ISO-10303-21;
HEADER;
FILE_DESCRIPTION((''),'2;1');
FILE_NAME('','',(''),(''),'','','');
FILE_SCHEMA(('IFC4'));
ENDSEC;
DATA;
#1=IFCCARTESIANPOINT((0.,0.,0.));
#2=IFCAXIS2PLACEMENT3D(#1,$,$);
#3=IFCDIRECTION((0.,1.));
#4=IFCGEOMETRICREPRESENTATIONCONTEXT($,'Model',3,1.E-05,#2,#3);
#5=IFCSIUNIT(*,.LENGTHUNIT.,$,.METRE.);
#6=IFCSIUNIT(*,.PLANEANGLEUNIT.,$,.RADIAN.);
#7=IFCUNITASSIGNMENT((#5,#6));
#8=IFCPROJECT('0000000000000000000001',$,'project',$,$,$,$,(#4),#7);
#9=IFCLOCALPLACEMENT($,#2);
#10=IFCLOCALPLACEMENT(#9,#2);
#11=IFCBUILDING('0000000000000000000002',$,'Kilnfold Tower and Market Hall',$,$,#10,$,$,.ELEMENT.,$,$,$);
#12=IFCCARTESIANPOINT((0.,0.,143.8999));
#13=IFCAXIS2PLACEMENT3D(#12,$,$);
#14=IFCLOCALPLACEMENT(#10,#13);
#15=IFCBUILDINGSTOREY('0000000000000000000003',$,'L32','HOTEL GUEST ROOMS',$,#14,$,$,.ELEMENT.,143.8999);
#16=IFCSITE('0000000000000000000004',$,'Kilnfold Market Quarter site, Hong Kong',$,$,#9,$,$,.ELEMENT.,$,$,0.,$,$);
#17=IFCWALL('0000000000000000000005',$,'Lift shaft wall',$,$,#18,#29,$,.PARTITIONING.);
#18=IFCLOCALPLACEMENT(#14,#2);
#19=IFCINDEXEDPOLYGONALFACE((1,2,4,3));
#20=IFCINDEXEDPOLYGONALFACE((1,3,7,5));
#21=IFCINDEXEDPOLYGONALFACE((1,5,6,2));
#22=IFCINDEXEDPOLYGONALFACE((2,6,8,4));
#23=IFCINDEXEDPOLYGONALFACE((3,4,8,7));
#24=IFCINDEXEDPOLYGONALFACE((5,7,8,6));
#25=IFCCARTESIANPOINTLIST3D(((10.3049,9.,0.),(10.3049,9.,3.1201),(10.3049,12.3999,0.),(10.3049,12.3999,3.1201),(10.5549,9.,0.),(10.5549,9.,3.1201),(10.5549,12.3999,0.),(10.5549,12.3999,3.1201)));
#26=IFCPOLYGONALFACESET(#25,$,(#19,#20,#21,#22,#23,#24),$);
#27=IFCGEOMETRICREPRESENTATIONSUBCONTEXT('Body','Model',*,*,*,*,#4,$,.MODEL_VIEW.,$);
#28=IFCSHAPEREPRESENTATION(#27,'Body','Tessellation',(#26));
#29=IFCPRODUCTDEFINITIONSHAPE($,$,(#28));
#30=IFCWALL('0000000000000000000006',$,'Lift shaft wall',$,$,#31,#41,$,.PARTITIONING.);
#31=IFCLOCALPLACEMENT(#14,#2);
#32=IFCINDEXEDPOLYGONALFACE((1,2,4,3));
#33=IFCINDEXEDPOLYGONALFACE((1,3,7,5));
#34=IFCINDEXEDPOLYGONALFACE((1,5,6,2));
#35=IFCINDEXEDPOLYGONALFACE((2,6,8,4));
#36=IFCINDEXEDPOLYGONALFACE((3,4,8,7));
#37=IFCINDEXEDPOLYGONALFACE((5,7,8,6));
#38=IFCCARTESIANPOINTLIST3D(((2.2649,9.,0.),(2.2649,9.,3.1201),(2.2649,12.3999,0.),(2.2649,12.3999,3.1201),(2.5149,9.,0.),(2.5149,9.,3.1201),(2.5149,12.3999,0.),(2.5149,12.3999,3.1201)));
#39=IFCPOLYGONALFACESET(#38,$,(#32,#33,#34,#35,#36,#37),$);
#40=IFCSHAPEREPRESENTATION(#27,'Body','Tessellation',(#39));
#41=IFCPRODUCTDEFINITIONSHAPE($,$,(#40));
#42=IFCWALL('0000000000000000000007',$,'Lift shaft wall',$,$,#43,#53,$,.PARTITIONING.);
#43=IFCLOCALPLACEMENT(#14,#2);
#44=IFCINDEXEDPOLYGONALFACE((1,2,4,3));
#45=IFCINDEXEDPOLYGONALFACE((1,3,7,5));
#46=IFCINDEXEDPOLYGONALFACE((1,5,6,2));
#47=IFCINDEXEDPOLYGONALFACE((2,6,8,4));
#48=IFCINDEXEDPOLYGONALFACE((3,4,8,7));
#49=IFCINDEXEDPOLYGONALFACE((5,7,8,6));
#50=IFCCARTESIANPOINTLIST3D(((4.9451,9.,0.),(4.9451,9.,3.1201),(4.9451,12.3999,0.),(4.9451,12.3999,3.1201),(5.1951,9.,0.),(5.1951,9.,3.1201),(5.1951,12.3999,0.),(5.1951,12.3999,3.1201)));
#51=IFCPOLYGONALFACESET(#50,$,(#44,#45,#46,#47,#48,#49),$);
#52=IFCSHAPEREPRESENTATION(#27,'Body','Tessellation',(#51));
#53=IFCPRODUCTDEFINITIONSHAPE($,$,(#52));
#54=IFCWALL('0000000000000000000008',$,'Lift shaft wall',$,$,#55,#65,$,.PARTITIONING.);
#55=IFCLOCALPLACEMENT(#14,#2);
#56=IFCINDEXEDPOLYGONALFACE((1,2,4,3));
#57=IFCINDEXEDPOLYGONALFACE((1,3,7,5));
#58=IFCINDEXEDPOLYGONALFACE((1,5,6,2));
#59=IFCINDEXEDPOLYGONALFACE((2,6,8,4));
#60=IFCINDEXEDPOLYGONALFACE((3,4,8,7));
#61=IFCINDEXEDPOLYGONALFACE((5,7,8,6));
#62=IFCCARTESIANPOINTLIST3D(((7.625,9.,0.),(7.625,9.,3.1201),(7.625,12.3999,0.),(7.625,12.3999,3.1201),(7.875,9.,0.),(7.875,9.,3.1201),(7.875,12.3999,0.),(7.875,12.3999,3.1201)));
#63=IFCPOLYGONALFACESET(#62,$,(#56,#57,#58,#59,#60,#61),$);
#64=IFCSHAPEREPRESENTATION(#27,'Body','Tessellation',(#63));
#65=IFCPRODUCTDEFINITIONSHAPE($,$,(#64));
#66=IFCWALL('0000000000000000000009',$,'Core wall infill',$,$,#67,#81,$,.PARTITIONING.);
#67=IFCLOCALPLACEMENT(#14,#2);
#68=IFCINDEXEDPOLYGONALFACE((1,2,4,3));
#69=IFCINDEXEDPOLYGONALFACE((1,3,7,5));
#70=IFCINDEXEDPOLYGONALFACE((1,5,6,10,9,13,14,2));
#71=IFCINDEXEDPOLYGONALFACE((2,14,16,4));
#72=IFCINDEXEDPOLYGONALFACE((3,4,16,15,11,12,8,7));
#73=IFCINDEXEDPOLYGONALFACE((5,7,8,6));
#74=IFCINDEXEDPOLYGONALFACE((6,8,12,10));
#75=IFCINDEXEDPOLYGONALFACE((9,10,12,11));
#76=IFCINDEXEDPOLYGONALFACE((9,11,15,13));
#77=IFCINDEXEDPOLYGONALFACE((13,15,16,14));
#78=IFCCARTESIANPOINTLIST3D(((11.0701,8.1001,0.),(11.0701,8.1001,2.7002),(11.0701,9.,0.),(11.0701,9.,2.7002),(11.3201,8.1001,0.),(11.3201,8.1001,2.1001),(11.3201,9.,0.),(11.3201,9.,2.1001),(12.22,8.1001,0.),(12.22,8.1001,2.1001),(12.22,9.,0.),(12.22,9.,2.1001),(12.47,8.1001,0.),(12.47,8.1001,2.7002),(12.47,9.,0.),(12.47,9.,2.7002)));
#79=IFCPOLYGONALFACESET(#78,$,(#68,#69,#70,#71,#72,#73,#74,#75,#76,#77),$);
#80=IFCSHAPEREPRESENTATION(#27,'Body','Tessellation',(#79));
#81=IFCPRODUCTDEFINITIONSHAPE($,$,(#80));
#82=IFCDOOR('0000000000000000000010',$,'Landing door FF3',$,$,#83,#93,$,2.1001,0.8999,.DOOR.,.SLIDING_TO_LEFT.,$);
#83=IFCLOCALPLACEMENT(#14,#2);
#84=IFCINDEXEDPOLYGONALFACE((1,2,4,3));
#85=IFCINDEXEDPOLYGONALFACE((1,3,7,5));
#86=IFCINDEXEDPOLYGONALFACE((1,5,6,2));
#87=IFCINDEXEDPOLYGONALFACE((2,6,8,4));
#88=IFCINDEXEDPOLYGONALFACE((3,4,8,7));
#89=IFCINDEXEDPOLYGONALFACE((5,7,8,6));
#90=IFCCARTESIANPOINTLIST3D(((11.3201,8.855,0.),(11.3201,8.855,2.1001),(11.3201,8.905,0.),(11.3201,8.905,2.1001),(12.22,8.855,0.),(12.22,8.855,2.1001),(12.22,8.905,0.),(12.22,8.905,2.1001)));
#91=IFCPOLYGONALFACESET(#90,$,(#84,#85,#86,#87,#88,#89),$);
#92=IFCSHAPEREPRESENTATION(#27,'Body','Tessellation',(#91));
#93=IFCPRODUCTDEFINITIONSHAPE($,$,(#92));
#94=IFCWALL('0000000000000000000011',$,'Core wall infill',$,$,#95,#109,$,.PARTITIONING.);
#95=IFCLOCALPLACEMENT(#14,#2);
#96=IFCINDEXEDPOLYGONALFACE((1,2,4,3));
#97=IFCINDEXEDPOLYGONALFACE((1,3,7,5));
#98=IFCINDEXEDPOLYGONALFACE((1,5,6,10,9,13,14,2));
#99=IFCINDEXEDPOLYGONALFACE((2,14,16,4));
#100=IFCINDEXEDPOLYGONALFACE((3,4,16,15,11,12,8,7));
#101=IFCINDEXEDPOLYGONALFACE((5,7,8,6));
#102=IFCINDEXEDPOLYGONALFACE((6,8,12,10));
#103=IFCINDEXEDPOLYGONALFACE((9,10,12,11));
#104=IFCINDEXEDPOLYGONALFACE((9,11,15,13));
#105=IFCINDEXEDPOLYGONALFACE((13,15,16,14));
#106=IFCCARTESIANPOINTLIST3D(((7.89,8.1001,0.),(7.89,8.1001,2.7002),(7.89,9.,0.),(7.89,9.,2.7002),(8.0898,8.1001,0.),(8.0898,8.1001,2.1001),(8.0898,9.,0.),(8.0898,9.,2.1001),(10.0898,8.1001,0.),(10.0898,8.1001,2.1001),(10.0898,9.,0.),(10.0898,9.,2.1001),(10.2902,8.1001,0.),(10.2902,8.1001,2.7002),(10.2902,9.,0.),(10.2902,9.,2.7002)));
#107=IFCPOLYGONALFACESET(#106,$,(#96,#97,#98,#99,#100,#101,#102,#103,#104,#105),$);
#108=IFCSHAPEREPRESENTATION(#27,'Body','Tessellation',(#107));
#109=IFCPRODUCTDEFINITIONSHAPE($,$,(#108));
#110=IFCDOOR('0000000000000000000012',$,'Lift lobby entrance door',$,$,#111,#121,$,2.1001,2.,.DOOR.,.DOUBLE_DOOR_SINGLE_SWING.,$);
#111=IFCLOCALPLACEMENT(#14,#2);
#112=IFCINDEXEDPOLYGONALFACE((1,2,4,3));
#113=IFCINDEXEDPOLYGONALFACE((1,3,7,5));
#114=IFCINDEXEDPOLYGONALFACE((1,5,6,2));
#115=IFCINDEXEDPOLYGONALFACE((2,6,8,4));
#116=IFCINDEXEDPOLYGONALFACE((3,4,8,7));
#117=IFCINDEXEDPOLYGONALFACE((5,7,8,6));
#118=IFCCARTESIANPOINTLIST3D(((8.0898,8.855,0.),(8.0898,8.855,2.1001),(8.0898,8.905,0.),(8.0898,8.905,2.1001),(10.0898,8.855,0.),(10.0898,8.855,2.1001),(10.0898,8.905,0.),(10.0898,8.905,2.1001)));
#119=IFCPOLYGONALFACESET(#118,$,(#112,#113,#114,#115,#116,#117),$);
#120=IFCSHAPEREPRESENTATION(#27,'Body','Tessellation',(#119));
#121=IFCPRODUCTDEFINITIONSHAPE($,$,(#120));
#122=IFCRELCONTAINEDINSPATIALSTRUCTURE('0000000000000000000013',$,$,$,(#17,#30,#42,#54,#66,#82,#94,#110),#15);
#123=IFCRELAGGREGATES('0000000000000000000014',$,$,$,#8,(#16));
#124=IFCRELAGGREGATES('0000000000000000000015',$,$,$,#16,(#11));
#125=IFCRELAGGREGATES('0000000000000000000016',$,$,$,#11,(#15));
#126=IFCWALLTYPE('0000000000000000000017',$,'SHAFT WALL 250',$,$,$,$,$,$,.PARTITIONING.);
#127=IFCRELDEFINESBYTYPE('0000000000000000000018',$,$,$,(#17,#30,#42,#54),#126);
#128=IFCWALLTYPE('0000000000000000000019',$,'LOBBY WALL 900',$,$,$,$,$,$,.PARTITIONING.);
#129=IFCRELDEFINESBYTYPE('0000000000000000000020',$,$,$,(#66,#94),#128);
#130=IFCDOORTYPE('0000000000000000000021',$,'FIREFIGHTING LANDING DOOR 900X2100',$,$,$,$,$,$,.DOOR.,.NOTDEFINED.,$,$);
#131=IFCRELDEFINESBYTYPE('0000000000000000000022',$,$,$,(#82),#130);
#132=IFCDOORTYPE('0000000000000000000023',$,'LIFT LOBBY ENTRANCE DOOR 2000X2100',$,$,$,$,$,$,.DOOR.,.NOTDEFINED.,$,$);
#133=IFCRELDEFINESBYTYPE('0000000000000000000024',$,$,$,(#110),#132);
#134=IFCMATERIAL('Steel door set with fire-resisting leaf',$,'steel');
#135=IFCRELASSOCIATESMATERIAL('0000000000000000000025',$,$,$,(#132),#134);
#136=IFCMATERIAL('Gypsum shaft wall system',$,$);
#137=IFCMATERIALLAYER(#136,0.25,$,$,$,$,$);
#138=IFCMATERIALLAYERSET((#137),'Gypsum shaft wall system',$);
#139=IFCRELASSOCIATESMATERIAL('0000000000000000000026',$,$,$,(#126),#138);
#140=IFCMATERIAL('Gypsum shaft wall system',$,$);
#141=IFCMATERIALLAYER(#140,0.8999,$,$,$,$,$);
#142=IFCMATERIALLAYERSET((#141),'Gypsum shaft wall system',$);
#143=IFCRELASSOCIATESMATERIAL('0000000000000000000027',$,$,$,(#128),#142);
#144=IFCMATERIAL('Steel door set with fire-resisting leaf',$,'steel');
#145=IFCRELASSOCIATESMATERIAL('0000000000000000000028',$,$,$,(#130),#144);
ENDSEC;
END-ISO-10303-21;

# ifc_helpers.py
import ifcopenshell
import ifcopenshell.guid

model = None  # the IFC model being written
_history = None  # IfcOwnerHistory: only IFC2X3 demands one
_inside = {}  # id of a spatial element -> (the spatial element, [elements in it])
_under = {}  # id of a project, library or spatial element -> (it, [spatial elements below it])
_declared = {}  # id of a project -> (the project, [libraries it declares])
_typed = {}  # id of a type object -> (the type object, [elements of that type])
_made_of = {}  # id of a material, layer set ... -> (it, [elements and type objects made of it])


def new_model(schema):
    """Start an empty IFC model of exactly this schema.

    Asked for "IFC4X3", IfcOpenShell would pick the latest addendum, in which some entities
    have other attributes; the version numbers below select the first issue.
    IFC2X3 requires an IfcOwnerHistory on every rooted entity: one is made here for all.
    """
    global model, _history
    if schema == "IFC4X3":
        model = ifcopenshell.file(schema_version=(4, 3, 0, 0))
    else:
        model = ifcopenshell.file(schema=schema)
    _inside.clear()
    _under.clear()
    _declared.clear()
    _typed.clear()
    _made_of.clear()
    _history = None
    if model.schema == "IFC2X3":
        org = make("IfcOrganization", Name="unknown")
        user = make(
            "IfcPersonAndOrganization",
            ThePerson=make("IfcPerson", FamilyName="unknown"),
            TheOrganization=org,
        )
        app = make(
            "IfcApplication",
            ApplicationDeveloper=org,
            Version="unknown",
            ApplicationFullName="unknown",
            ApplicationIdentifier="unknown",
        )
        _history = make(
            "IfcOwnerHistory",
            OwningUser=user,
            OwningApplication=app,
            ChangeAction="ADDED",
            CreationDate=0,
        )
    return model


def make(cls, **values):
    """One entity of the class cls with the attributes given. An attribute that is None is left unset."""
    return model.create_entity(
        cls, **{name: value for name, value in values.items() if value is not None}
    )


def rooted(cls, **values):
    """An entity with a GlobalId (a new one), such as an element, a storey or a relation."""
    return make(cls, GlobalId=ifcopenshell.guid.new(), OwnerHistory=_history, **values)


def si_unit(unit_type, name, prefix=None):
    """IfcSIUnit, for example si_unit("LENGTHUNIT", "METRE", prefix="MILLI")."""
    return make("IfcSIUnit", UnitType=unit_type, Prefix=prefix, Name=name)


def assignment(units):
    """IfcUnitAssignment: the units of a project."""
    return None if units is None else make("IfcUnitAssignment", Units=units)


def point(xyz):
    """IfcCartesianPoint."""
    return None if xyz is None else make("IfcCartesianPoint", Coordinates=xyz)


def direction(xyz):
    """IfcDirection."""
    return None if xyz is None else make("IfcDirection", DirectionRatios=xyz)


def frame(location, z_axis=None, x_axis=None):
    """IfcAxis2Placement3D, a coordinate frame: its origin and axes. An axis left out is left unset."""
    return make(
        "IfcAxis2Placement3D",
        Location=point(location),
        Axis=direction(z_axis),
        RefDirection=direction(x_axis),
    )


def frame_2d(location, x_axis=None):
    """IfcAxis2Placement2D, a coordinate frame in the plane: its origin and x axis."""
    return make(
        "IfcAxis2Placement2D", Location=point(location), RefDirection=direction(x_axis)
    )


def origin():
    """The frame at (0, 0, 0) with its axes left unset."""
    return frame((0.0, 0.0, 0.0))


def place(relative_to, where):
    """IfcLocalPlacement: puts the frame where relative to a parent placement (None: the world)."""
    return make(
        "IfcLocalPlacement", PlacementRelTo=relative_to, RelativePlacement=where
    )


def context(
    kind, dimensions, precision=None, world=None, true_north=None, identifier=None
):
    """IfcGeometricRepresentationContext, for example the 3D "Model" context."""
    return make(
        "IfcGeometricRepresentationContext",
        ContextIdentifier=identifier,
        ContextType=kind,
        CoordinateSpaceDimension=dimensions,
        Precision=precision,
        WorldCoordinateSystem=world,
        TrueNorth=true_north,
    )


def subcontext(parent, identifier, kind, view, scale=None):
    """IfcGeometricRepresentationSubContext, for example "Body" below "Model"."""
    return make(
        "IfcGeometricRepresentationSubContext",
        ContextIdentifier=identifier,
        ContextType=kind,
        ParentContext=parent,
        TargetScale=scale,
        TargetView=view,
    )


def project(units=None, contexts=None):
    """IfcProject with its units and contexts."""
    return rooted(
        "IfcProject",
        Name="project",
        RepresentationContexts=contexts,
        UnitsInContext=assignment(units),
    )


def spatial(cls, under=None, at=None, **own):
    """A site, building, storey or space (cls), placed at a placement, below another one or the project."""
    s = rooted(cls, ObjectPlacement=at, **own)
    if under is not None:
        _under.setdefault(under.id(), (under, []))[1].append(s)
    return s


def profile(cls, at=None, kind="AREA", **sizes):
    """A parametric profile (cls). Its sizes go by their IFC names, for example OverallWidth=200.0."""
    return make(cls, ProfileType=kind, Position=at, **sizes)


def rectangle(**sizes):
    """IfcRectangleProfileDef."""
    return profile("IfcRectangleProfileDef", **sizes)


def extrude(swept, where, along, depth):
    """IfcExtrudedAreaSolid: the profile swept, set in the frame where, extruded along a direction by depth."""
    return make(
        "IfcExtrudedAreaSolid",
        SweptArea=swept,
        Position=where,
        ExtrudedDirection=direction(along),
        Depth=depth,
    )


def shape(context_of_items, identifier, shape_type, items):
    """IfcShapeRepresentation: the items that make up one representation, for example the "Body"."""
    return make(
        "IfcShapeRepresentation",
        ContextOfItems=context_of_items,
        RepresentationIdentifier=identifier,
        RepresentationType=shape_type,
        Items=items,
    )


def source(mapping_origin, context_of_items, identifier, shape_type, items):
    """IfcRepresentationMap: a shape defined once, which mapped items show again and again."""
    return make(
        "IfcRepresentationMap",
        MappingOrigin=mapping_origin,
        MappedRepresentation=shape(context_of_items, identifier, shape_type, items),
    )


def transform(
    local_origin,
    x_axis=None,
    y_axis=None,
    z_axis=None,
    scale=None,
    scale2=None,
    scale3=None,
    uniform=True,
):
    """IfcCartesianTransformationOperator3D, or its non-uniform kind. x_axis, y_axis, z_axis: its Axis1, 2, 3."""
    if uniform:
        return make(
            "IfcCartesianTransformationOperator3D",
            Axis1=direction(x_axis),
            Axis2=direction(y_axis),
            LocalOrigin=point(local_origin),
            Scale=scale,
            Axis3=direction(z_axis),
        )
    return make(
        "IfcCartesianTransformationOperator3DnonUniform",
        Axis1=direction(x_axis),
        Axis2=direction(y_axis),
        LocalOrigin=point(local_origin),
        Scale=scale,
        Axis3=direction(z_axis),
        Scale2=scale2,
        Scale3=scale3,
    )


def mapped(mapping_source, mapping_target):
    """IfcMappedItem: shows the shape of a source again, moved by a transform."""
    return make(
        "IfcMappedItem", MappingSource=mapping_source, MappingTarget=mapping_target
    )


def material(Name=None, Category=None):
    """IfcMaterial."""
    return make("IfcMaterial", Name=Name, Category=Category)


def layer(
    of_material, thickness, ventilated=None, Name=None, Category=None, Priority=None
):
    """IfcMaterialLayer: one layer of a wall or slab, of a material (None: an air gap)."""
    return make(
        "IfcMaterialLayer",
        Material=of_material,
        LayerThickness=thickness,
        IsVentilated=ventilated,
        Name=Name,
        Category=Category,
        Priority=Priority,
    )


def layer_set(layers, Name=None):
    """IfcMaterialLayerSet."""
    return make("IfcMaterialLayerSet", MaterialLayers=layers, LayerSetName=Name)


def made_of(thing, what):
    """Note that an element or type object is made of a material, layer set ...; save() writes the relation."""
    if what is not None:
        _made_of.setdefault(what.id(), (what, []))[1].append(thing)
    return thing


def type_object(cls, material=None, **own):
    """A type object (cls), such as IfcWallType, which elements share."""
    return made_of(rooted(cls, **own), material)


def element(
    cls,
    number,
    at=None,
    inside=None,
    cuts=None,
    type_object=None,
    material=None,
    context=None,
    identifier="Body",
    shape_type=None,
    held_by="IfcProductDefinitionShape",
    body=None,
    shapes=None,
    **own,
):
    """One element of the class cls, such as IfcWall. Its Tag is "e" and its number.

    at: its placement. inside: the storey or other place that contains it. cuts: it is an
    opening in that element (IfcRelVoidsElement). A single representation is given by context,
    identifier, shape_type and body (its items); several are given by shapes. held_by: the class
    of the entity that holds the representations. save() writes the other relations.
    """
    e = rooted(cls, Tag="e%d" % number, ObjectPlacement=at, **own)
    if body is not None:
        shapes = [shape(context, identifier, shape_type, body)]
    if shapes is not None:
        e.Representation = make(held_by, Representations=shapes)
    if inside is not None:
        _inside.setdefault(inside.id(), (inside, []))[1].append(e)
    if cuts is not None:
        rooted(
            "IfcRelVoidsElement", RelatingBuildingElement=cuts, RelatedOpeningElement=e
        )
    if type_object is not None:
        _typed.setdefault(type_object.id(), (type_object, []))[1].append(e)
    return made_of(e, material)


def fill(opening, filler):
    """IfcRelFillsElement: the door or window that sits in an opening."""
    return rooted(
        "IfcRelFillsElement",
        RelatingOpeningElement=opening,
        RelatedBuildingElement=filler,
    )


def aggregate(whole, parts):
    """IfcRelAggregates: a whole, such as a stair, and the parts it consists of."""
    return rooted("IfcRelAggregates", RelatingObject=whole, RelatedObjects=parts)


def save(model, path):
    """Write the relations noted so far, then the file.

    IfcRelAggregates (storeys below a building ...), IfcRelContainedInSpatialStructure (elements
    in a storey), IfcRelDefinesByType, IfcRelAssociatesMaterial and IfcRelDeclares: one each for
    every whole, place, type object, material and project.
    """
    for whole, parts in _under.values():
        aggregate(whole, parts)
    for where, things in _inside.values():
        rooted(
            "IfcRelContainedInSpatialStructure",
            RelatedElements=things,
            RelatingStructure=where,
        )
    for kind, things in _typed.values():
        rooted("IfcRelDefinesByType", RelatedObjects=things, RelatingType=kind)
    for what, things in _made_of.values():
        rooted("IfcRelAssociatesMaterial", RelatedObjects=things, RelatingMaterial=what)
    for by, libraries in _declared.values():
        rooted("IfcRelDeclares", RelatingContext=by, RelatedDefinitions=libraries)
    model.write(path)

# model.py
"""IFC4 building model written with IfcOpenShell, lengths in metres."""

from ifc_helpers import new_model, si_unit, direction, frame, frame_2d, origin, place, context, subcontext, project, spatial, rectangle, extrude, source, transform, mapped, material, layer, layer_set, type_object, element, fill, save


model = new_model("IFC4")

# Units and contexts
model_context = context("Model", 3, precision=1e-05, world=origin(), true_north=direction((0.0, 1.0)))
body_context = subcontext(model_context, "Body", "Model", "MODEL_VIEW")
ifc_project = project(units=[si_unit("LENGTHUNIT", "METRE"), si_unit("PLANEANGLEUNIT", "RADIAN")], contexts=[model_context])

# Site, building, storey
site_placement = place(None, origin())
site = spatial("IfcSite", under=ifc_project, at=site_placement, Name="Kilnfold Market Quarter site, Hong Kong", CompositionType="ELEMENT", RefElevation=0.0)
building_placement = place(site_placement, origin())
building = spatial("IfcBuilding", under=site, at=building_placement, Name="Kilnfold Tower and Market Hall", CompositionType="ELEMENT")
storey_placement = place(building_placement, frame((0.0, 0.0, 143.8999)))
storey = spatial("IfcBuildingStorey", under=building, at=storey_placement, Name="L32", Description="HOTEL GUEST ROOMS", CompositionType="ELEMENT", Elevation=143.8999)

# Shared definitions
ifc_material_1 = material(Name="Steel door set with fire-resisting leaf", Category="steel")
door_type_1 = type_object("IfcDoorType", Name="LIFT LOBBY ENTRANCE DOOR 2000X2100", OperationType="NOTDEFINED", PredefinedType="DOOR", material=ifc_material_1)

# Walls
ifc_material_2 = material(Name="Gypsum shaft wall system")
ifc_layer_1 = layer(ifc_material_2, 0.25)
ifc_layer_set_1 = layer_set([ifc_layer_1], Name="Gypsum shaft wall system")
wall_type_1 = type_object("IfcWallType", Name="SHAFT WALL 250", PredefinedType="PARTITIONING", material=ifc_layer_set_1)
shared_shape_1 = source(origin(), body_context, "Body", "SweptSolid", [
    extrude(rectangle(XDim=3.3999, YDim=0.25, at=frame_2d((1.7, 0.0))), origin(), (0.0, 0.0, 1.0), 3.1201),
])
for number, where, z_axis, x_axis, name in (
    (1, (10.4299, 9.0, 0.0), (0.0, 0.0, 1.0), (0.0, 1.0, 0.0), "Lift shaft wall"),
    (2, (2.3899, 9.0, 0.0), (0.0, 0.0, 1.0), (0.0, 1.0, 0.0), "Lift shaft wall"),
    (3, (5.0701, 9.0, 0.0), (0.0, 0.0, 1.0), (0.0, 1.0, 0.0), "Lift shaft wall"),
    (4, (7.75, 9.0, 0.0), (0.0, 0.0, 1.0), (0.0, 1.0, 0.0), "Lift shaft wall"),
):
    element("IfcWall", number, at=place(storey_placement, frame(where, z_axis=z_axis, x_axis=x_axis)), inside=storey, type_object=wall_type_1, Name=name, PredefinedType="PARTITIONING", context=body_context, shape_type="MappedRepresentation", body=[
        mapped(shared_shape_1, transform((0.0, 0.0, 0.0))),
    ])

# Walls, openings, doors
ifc_material_3 = material(Name="Gypsum shaft wall system")
ifc_layer_2 = layer(ifc_material_3, 0.8999)
ifc_layer_set_2 = layer_set([ifc_layer_2], Name="Gypsum shaft wall system")
wall_type_2 = type_object("IfcWallType", Name="LOBBY WALL 900", PredefinedType="PARTITIONING", material=ifc_layer_set_2)
shared_shape_2 = source(origin(), body_context, "Body", "SweptSolid", [
    extrude(rectangle(XDim=1.3999, YDim=0.8999, at=frame_2d((0.7, 0.0))), origin(), (0.0, 0.0, 1.0), 2.7002),
])
wall_1_placement = place(storey_placement, frame((11.0701, 8.55, 0.0), z_axis=(0.0, 0.0, 1.0), x_axis=(1.0, 0.0, 0.0)))
wall_1 = element("IfcWall", 5, at=wall_1_placement, inside=storey, type_object=wall_type_2, Name="Core wall infill", PredefinedType="PARTITIONING", context=body_context, shape_type="MappedRepresentation", body=[
    mapped(shared_shape_2, transform((0.0, 0.0, 0.0))),
])
opening_1_placement = place(wall_1_placement, frame((0.25, 0.0, 0.0)))
opening_1 = element("IfcOpeningElement", 6, at=opening_1_placement, cuts=wall_1, PredefinedType="OPENING", context=body_context, shape_type="SweptSolid", body=[
    extrude(rectangle(XDim=0.8999, YDim=2.1001, at=frame_2d((0.45, 1.05))), frame((0.0, 0.46, 0.0), z_axis=(0.0, -1.0, 0.0), x_axis=(1.0, 0.0, 0.0)), (0.0, 0.0, 1.0), 0.9199),
])
ifc_material_4 = material(Name="Steel door set with fire-resisting leaf", Category="steel")
door_type_2 = type_object("IfcDoorType", Name="FIREFIGHTING LANDING DOOR 900X2100", OperationType="NOTDEFINED", PredefinedType="DOOR", material=ifc_material_4)
door_1_placement = place(opening_1_placement, origin())
door_1 = element("IfcDoor", 7, at=door_1_placement, inside=storey, type_object=door_type_2, Name="Landing door FF3", OperationType="SLIDING_TO_LEFT", OverallHeight=2.1001, OverallWidth=0.8999, PredefinedType="DOOR", context=body_context, shape_type="SweptSolid", body=[
    extrude(rectangle(XDim=0.8999, YDim=2.1001, at=frame_2d((0.45, 1.05))), frame((0.0, 0.355, 0.0), z_axis=(0.0, -1.0, 0.0), x_axis=(1.0, 0.0, 0.0)), (0.0, 0.0, 1.0), 0.05),
])
fill(opening_1, door_1)
shared_shape_3 = source(origin(), body_context, "Body", "SweptSolid", [
    extrude(rectangle(XDim=2.4001, YDim=0.8999, at=frame_2d((1.2002, 0.0))), origin(), (0.0, 0.0, 1.0), 2.7002),
])
wall_2_placement = place(storey_placement, frame((7.8899, 8.55, 0.0), z_axis=(0.0, 0.0, 1.0), x_axis=(1.0, 0.0, 0.0)))
wall_2 = element("IfcWall", 8, at=wall_2_placement, inside=storey, type_object=wall_type_2, Name="Core wall infill", PredefinedType="PARTITIONING", context=body_context, shape_type="MappedRepresentation", body=[
    mapped(shared_shape_3, transform((0.0, 0.0, 0.0))),
])
opening_2_placement = place(wall_2_placement, frame((0.2, 0.0, 0.0)))
opening_2 = element("IfcOpeningElement", 9, at=opening_2_placement, cuts=wall_2, PredefinedType="OPENING", context=body_context, shape_type="SweptSolid", body=[
    extrude(rectangle(XDim=2.0, YDim=2.1001, at=frame_2d((1.0, 1.05))), frame((0.0, 0.46, 0.0), z_axis=(0.0, -1.0, 0.0), x_axis=(1.0, 0.0, 0.0)), (0.0, 0.0, 1.0), 0.9199),
])
door_2_placement = place(opening_2_placement, origin())
door_2 = element("IfcDoor", 10, at=door_2_placement, inside=storey, type_object=door_type_1, Name="Lift lobby entrance door", OperationType="DOUBLE_DOOR_SINGLE_SWING", OverallHeight=2.1001, OverallWidth=2.0, PredefinedType="DOOR", context=body_context, shape_type="SweptSolid", body=[
    extrude(rectangle(XDim=2.0, YDim=2.1001, at=frame_2d((1.0, 1.05))), frame((0.0, 0.355, 0.0), z_axis=(0.0, -1.0, 0.0), x_axis=(1.0, 0.0, 0.0)), (0.0, 0.0, 1.0), 0.05),
])
fill(opening_2, door_2)

save(model, "model.ifc")
